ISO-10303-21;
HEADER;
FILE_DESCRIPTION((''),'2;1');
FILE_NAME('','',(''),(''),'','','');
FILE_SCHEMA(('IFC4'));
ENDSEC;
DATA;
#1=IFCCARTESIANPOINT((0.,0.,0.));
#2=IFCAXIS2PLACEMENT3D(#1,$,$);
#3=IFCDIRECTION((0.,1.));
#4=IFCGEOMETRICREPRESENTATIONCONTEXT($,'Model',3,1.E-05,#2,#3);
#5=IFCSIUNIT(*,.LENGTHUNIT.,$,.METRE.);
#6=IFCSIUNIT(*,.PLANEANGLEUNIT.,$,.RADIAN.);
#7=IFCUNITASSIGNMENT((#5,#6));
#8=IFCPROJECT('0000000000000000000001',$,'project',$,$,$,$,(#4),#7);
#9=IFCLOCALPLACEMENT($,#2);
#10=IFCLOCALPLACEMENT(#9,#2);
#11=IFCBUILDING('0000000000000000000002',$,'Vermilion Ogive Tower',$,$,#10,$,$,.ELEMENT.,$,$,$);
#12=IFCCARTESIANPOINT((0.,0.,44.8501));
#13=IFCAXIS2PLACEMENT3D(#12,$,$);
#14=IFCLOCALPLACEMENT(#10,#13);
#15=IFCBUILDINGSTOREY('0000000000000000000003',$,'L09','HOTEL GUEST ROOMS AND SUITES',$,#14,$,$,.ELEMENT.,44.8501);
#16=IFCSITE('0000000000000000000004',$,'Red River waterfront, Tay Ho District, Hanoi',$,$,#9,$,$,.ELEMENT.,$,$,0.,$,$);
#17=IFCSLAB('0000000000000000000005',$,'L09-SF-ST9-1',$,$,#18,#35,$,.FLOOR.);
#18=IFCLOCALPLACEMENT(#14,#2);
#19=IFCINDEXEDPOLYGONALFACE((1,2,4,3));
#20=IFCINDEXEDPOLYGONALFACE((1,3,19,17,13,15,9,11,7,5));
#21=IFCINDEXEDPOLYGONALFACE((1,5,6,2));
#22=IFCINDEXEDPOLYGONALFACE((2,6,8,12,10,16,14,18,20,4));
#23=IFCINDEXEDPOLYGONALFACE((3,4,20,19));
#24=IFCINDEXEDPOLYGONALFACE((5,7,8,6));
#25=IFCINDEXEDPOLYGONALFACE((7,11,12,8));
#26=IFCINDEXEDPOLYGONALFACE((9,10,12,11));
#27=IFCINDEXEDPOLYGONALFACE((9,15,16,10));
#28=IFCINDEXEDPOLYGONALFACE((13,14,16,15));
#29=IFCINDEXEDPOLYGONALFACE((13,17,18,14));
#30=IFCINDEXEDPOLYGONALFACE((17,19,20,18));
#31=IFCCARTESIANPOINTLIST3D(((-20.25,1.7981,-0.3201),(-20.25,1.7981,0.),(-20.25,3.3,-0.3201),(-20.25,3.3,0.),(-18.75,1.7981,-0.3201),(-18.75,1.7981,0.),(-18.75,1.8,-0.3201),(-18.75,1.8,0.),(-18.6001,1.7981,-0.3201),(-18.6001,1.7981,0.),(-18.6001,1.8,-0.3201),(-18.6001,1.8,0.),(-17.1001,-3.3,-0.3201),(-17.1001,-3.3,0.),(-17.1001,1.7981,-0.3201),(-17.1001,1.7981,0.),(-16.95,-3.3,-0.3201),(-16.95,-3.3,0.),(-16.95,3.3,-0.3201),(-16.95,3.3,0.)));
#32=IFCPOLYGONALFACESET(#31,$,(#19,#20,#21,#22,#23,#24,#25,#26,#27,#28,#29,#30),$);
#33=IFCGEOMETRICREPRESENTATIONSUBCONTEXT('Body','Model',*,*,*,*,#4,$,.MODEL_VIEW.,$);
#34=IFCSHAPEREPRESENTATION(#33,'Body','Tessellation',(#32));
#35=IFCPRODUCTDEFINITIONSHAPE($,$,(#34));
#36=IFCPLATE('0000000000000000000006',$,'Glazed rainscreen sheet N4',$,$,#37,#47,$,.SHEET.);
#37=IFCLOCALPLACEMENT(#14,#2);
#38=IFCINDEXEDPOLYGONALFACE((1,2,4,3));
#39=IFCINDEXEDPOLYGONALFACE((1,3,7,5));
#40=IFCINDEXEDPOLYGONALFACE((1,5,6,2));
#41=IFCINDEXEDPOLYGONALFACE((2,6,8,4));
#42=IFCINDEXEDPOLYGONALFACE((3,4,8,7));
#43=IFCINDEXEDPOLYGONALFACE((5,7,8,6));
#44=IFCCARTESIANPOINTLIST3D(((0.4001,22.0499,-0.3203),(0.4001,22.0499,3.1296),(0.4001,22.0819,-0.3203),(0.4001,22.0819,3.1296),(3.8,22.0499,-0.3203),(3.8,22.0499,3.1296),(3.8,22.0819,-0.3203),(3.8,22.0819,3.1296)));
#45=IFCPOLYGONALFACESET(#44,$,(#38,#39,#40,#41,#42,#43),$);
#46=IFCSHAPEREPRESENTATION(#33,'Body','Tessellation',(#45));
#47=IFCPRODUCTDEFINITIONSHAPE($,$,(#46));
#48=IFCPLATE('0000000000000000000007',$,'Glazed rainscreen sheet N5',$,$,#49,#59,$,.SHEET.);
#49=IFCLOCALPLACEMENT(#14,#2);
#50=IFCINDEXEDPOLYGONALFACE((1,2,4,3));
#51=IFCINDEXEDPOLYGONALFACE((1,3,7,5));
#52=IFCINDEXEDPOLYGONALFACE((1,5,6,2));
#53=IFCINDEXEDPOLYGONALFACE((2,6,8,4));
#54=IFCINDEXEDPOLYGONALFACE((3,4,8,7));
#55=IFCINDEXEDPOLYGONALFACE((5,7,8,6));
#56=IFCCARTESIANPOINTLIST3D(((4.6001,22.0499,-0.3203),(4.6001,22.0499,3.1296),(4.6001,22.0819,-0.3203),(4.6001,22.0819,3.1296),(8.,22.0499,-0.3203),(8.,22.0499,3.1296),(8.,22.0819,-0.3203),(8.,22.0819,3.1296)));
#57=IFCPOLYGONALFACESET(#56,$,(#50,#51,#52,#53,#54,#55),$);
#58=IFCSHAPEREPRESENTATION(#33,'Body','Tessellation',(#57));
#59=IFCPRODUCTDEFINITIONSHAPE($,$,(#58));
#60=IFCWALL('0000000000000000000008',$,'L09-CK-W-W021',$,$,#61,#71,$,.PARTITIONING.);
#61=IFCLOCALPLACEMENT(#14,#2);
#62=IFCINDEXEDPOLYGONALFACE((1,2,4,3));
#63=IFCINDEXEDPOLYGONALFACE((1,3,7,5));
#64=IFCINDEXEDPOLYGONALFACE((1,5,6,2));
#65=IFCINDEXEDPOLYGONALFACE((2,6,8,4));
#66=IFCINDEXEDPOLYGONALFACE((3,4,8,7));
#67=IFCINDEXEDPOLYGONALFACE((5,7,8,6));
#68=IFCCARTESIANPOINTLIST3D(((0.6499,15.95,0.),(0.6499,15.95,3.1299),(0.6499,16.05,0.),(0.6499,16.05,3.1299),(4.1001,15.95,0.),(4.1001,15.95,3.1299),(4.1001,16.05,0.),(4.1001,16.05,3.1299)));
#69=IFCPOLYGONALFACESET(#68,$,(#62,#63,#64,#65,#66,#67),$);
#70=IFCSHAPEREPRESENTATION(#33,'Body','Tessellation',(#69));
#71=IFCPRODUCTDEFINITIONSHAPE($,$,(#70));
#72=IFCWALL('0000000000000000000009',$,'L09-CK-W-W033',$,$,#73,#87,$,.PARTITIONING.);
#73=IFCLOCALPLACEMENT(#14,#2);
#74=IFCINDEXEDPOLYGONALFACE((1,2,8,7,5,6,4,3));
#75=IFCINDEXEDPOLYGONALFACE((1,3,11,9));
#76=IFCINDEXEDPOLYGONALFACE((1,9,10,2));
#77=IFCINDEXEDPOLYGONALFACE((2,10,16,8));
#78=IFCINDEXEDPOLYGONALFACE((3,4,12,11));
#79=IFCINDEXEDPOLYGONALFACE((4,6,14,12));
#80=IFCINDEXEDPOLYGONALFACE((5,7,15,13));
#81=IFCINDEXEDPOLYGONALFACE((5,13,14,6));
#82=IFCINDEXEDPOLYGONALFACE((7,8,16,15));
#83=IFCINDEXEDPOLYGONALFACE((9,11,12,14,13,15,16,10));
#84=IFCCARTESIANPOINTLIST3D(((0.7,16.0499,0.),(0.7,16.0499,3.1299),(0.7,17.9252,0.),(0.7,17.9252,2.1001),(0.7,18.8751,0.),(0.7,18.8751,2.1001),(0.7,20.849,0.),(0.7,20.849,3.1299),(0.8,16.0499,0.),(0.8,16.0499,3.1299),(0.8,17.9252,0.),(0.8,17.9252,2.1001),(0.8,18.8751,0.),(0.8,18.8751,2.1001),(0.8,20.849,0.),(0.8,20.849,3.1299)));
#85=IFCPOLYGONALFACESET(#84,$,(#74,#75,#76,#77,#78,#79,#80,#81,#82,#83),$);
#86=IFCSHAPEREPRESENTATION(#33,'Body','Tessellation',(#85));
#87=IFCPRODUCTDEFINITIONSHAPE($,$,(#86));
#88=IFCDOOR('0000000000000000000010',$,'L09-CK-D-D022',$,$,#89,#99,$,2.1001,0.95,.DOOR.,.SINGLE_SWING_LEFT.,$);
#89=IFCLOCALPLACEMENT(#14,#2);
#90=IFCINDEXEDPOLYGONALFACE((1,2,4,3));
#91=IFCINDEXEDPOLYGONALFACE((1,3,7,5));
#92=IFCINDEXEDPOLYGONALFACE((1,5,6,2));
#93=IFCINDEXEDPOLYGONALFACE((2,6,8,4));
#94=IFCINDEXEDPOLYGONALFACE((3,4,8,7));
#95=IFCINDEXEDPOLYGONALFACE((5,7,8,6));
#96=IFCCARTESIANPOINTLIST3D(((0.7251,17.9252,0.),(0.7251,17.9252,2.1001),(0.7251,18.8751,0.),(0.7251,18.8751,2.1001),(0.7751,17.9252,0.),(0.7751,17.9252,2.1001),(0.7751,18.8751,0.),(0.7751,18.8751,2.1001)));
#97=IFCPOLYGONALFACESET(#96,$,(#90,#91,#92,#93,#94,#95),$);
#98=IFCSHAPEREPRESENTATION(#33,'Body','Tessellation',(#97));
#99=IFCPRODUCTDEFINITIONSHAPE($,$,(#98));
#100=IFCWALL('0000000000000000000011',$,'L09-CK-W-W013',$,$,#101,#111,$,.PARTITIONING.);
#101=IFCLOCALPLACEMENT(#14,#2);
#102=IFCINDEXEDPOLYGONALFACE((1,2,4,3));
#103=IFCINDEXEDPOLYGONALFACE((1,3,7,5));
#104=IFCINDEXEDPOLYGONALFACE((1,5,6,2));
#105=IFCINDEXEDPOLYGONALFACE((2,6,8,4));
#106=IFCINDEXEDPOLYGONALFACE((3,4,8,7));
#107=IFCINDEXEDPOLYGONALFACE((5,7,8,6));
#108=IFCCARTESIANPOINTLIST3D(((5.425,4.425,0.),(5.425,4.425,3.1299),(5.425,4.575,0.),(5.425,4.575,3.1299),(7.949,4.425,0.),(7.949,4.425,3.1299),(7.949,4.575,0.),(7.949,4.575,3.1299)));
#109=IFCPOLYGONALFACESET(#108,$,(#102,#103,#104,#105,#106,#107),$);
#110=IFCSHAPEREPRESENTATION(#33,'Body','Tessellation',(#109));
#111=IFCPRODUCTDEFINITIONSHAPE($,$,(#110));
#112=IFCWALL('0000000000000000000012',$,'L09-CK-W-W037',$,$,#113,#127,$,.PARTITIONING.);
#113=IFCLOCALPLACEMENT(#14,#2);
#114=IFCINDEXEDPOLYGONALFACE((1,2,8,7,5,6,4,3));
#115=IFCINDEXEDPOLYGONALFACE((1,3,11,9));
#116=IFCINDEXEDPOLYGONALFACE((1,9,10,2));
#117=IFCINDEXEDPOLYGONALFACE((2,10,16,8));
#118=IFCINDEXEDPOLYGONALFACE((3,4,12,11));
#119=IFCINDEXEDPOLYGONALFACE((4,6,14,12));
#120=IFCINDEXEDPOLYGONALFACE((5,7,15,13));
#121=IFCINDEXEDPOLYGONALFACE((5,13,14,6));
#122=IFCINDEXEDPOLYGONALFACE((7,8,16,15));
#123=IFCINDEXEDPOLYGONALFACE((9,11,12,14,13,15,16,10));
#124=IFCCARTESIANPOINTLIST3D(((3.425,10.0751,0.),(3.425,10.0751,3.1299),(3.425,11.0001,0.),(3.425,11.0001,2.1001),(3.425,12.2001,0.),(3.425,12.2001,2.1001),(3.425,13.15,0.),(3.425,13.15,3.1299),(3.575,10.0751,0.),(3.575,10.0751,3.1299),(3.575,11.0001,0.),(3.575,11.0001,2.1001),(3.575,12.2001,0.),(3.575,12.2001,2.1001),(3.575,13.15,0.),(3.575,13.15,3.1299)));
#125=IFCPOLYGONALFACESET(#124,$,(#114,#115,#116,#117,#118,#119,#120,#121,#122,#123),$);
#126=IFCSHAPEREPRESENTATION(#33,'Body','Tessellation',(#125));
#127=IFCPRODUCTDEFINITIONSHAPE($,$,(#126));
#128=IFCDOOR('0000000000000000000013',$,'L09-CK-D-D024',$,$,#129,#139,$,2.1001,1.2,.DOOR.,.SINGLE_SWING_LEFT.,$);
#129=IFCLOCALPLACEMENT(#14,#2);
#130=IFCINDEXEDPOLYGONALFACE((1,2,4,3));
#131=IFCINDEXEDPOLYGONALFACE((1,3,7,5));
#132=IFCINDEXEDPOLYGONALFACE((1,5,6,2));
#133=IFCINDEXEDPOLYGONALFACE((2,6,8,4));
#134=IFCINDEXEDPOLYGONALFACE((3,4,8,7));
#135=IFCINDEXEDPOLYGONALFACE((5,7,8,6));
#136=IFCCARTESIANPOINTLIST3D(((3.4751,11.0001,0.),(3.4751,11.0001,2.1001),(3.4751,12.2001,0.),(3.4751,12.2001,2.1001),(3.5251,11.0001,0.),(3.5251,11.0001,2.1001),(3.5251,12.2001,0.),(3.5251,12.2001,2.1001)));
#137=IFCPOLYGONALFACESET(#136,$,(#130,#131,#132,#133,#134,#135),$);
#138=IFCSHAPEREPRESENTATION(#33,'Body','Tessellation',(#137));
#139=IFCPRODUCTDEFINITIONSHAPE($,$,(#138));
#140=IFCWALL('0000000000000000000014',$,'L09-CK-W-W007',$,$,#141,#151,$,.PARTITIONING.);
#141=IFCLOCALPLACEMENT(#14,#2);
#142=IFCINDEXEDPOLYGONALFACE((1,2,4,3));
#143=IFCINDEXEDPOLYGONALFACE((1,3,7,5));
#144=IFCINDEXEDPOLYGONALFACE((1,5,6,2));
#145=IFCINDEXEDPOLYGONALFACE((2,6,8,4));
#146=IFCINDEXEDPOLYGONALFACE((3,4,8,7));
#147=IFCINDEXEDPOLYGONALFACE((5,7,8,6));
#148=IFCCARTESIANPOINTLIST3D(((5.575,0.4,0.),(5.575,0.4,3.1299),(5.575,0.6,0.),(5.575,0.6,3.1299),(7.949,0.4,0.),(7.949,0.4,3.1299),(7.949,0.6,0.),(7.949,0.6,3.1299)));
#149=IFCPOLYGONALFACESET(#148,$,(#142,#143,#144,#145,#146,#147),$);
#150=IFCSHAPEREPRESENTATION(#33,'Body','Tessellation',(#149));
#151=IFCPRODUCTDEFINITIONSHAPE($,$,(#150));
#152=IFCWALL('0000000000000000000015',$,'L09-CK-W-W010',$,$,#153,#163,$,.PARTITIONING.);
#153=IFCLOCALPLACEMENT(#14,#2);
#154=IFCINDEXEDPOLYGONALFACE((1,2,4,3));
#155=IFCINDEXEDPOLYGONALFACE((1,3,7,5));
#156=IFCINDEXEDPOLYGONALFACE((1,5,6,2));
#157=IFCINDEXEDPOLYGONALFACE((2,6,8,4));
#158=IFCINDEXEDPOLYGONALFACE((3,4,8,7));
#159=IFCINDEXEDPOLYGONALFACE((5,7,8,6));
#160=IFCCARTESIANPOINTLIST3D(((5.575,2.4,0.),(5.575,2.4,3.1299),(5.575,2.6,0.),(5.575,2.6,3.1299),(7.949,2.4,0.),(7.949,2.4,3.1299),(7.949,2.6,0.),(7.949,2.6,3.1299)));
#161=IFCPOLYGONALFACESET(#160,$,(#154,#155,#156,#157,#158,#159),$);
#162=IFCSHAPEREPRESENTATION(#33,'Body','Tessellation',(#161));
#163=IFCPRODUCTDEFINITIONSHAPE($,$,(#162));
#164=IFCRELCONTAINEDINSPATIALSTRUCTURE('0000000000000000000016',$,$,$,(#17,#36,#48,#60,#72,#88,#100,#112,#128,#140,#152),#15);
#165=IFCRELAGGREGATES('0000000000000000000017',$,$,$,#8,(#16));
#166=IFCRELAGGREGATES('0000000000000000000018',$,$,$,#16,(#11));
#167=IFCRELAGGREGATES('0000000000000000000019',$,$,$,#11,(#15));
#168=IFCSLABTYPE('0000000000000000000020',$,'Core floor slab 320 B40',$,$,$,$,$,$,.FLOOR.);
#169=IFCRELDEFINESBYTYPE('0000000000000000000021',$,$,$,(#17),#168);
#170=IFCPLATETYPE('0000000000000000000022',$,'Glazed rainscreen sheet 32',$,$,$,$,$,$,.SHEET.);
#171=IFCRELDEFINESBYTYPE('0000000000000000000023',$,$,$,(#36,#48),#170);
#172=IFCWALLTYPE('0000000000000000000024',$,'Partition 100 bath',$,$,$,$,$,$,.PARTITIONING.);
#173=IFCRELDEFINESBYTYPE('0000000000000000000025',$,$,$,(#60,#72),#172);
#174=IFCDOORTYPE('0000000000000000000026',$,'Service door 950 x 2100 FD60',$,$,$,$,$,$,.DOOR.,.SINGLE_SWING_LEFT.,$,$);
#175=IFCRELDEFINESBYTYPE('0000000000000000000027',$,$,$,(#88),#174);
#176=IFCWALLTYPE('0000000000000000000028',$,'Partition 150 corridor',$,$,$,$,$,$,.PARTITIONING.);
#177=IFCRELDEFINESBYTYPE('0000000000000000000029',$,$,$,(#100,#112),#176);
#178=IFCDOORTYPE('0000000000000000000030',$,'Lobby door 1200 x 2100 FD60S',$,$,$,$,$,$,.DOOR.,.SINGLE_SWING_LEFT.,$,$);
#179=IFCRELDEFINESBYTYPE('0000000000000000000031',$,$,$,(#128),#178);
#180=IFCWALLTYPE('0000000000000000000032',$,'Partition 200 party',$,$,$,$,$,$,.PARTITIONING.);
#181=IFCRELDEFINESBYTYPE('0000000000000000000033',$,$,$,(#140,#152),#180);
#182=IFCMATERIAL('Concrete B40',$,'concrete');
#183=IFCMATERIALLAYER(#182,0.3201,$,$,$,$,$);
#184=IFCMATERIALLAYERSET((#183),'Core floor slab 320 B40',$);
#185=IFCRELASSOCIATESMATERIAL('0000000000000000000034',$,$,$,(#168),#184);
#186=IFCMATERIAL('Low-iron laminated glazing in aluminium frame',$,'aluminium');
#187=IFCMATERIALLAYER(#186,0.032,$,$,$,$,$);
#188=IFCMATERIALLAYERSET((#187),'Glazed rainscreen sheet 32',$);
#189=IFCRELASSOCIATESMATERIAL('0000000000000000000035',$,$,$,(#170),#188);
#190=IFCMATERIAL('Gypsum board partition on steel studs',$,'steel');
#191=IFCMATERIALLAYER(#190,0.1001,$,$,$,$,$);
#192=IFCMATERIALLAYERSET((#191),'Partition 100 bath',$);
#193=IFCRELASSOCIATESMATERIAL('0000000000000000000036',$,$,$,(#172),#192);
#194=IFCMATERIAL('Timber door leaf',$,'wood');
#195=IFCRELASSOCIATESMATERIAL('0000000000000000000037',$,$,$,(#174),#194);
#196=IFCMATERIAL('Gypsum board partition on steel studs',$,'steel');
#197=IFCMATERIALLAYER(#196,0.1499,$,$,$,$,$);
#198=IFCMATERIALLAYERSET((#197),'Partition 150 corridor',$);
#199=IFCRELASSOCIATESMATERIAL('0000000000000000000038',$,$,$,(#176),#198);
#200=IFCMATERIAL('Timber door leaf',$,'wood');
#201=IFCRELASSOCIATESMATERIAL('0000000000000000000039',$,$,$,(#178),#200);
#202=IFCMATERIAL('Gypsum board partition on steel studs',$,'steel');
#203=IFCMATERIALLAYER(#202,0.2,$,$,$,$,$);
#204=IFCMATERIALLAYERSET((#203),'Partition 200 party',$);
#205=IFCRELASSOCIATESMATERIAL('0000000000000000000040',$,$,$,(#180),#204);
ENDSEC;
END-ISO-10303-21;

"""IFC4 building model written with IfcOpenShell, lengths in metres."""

from ifc_helpers import new_model, si_unit, direction, frame, frame_2d, origin, origin_2d, place, context, subcontext, project, spatial, polyline, rectangle, outline, extrude, material, layer, layer_set, type_object, element, fill, save


model = new_model("IFC4")

# Units and contexts
model_context = context("Model", 3, precision=1e-05, world=origin(), true_north=direction((0.0, 1.0)))
body_context = subcontext(model_context, "Body", "Model", "MODEL_VIEW")
ifc_project = project(units=[si_unit("LENGTHUNIT", "METRE"), si_unit("PLANEANGLEUNIT", "RADIAN")], contexts=[model_context])

# Site, building, storey
site_placement = place(None, origin())
site = spatial("IfcSite", under=ifc_project, at=site_placement, Name="Red River waterfront, Tay Ho District, Hanoi", CompositionType="ELEMENT", RefElevation=0.0)
building_placement = place(site_placement, origin())
building = spatial("IfcBuilding", under=site, at=building_placement, Name="Vermilion Ogive Tower", CompositionType="ELEMENT")
storey_placement = place(building_placement, frame((0.0, 0.0, 44.8501)))
storey = spatial("IfcBuildingStorey", under=building, at=storey_placement, Name="L09", Description="HOTEL GUEST ROOMS AND SUITES", CompositionType="ELEMENT", Elevation=44.8501)

# Slab
ifc_material_1 = material(Name="Concrete B40", Category="concrete")
ifc_layer_1 = layer(ifc_material_1, 0.3201)
ifc_layer_set_1 = layer_set([ifc_layer_1], Name="Core floor slab 320 B40")
slab_type = type_object("IfcSlabType", Name="Core floor slab 320 B40", PredefinedType="FLOOR", material=ifc_layer_set_1)
slab_placement = place(storey_placement, frame((0.0, 0.0, -0.3201)))
element("IfcSlab", 1, at=slab_placement, inside=storey, type_object=slab_type, Name="L09-SF-ST9-1", PredefinedType="FLOOR", context=body_context, shape_type="SweptSolid", body=[
    extrude(outline(polyline([(-20.25, 3.3), (-20.25, 1.7981), (-18.75, 1.7981), (-18.75, 1.8), (-18.6001, 1.8), (-18.6001, 1.7981), (-17.1001, 1.7981), (-17.1001, -3.3), (-16.95, -3.3), (-16.95, 3.3), (-20.25, 3.3)])), origin(), (0.0, 0.0, 1.0), 0.3201),
])

# Plates
ifc_material_2 = material(Name="Low-iron laminated glazing in aluminium frame", Category="aluminium")
ifc_layer_2 = layer(ifc_material_2, 0.032)
ifc_layer_set_2 = layer_set([ifc_layer_2], Name="Glazed rainscreen sheet 32")
plate_type = type_object("IfcPlateType", Name="Glazed rainscreen sheet 32", PredefinedType="SHEET", material=ifc_layer_set_2)
for number, where, z_axis, x_axis, name in (
    (2, (2.1001, 22.0659, -0.3203), (0.0, 0.0, 1.0), (1.0, 0.0, 0.0), "Glazed rainscreen sheet N4"),
    (3, (6.3, 22.0659, -0.3203), (0.0, 0.0, 1.0), (1.0, 0.0, 0.0), "Glazed rainscreen sheet N5"),
):
    element("IfcPlate", number, at=place(storey_placement, frame(where, z_axis=z_axis, x_axis=x_axis)), inside=storey, type_object=plate_type, Name=name, PredefinedType="SHEET", context=body_context, shape_type="SweptSolid", body=[
        extrude(rectangle(XDim=3.3999, YDim=0.032, at=origin_2d()), origin(), (0.0, 0.0, 1.0), 3.45),
    ])

# Wall
ifc_material_3 = material(Name="Gypsum board partition on steel studs", Category="steel")
ifc_layer_3 = layer(ifc_material_3, 0.1001)
ifc_layer_set_3 = layer_set([ifc_layer_3], Name="Partition 100 bath")
wall_type_1 = type_object("IfcWallType", Name="Partition 100 bath", PredefinedType="PARTITIONING", material=ifc_layer_set_3)
wall_1_placement = place(storey_placement, frame((0.6499, 16.0, 0.0), z_axis=(0.0, 0.0, 1.0), x_axis=(1.0, 0.0, 0.0)))
element("IfcWall", 4, at=wall_1_placement, inside=storey, type_object=wall_type_1, Name="L09-CK-W-W021", PredefinedType="PARTITIONING", context=body_context, shape_type="SweptSolid", body=[
    extrude(rectangle(XDim=3.4502, YDim=0.1001, at=frame_2d((1.7251, 0.0))), origin(), (0.0, 0.0, 1.0), 3.1299),
])

# Wall, opening, door
wall_2_placement = place(storey_placement, frame((0.75, 16.05, 0.0), z_axis=(0.0, 0.0, 1.0), x_axis=(0.0, 1.0, 0.0)))
wall_2 = element("IfcWall", 5, at=wall_2_placement, inside=storey, type_object=wall_type_1, Name="L09-CK-W-W033", PredefinedType="PARTITIONING", context=body_context, shape_type="SweptSolid", body=[
    extrude(rectangle(XDim=4.7991, YDim=0.1001, at=frame_2d((2.3994, 0.0))), origin(), (0.0, 0.0, 1.0), 3.1299),
])
opening_1_placement = place(wall_2_placement, frame((1.875, 0.0, 0.0)))
opening_1 = element("IfcOpeningElement", 6, at=opening_1_placement, cuts=wall_2, PredefinedType="OPENING", context=body_context, shape_type="SweptSolid", body=[
    extrude(rectangle(XDim=0.95, YDim=2.1001, at=frame_2d((0.4751, 1.05))), frame((0.0, 0.0601, 0.0), z_axis=(0.0, -1.0, 0.0), x_axis=(1.0, 0.0, 0.0)), (0.0, 0.0, 1.0), 0.1201),
])
ifc_material_4 = material(Name="Timber door leaf", Category="wood")
door_type_1 = type_object("IfcDoorType", Name="Service door 950 x 2100 FD60", OperationType="SINGLE_SWING_LEFT", PredefinedType="DOOR", material=ifc_material_4)
door_1_placement = place(opening_1_placement, origin())
door_1 = element("IfcDoor", 7, at=door_1_placement, inside=storey, type_object=door_type_1, Name="L09-CK-D-D022", OperationType="SINGLE_SWING_LEFT", OverallHeight=2.1001, OverallWidth=0.95, PredefinedType="DOOR", context=body_context, shape_type="SweptSolid", body=[
    extrude(rectangle(XDim=0.95, YDim=2.1001, at=frame_2d((0.4751, 1.05))), frame((0.0, 0.0249, 0.0), z_axis=(0.0, -1.0, 0.0), x_axis=(1.0, 0.0, 0.0)), (0.0, 0.0, 1.0), 0.05),
])
fill(opening_1, door_1)

# Wall
ifc_material_5 = material(Name="Gypsum board partition on steel studs", Category="steel")
ifc_layer_4 = layer(ifc_material_5, 0.1499)
ifc_layer_set_4 = layer_set([ifc_layer_4], Name="Partition 150 corridor")
wall_type_2 = type_object("IfcWallType", Name="Partition 150 corridor", PredefinedType="PARTITIONING", material=ifc_layer_set_4)
wall_3_placement = place(storey_placement, frame((5.425, 4.5, 0.0), z_axis=(0.0, 0.0, 1.0), x_axis=(1.0, 0.0, 0.0)))
element("IfcWall", 8, at=wall_3_placement, inside=storey, type_object=wall_type_2, Name="L09-CK-W-W013", PredefinedType="PARTITIONING", context=body_context, shape_type="SweptSolid", body=[
    extrude(rectangle(XDim=2.5239, YDim=0.1499, at=frame_2d((1.262, 0.0))), origin(), (0.0, 0.0, 1.0), 3.1299),
])

# Wall, opening, door
wall_4_placement = place(storey_placement, frame((3.5, 10.075, 0.0), z_axis=(0.0, 0.0, 1.0), x_axis=(0.0, 1.0, 0.0)))
wall_4 = element("IfcWall", 9, at=wall_4_placement, inside=storey, type_object=wall_type_2, Name="L09-CK-W-W037", PredefinedType="PARTITIONING", context=body_context, shape_type="SweptSolid", body=[
    extrude(rectangle(XDim=3.075, YDim=0.1499, at=frame_2d((1.5376, 0.0))), origin(), (0.0, 0.0, 1.0), 3.1299),
])
opening_2_placement = place(wall_4_placement, frame((0.925, 0.0, 0.0)))
opening_2 = element("IfcOpeningElement", 10, at=opening_2_placement, cuts=wall_4, PredefinedType="OPENING", context=body_context, shape_type="SweptSolid", body=[
    extrude(rectangle(XDim=1.2, YDim=2.1001, at=frame_2d((0.6001, 1.05))), frame((0.0, 0.085, 0.0), z_axis=(0.0, -1.0, 0.0), x_axis=(1.0, 0.0, 0.0)), (0.0, 0.0, 1.0), 0.1699),
])
ifc_material_6 = material(Name="Timber door leaf", Category="wood")
door_type_2 = type_object("IfcDoorType", Name="Lobby door 1200 x 2100 FD60S", OperationType="SINGLE_SWING_LEFT", PredefinedType="DOOR", material=ifc_material_6)
door_2_placement = place(opening_2_placement, origin())
door_2 = element("IfcDoor", 11, at=door_2_placement, inside=storey, type_object=door_type_2, Name="L09-CK-D-D024", OperationType="SINGLE_SWING_LEFT", OverallHeight=2.1001, OverallWidth=1.2, PredefinedType="DOOR", context=body_context, shape_type="SweptSolid", body=[
    extrude(rectangle(XDim=1.2, YDim=2.1001, at=frame_2d((0.6001, 1.05))), frame((0.0, 0.0249, 0.0), z_axis=(0.0, -1.0, 0.0), x_axis=(1.0, 0.0, 0.0)), (0.0, 0.0, 1.0), 0.05),
])
fill(opening_2, door_2)

# Walls
ifc_material_7 = material(Name="Gypsum board partition on steel studs", Category="steel")
ifc_layer_5 = layer(ifc_material_7, 0.2)
ifc_layer_set_5 = layer_set([ifc_layer_5], Name="Partition 200 party")
wall_type_3 = type_object("IfcWallType", Name="Partition 200 party", PredefinedType="PARTITIONING", material=ifc_layer_set_5)
for number, where, z_axis, x_axis, name in (
    (12, (5.575, 0.5, 0.0), (0.0, 0.0, 1.0), (1.0, 0.0, 0.0), "L09-CK-W-W007"),
    (13, (5.575, 2.5, 0.0), (0.0, 0.0, 1.0), (1.0, 0.0, 0.0), "L09-CK-W-W010"),
):
    element("IfcWall", number, at=place(storey_placement, frame(where, z_axis=z_axis, x_axis=x_axis)), inside=storey, type_object=wall_type_3, Name=name, PredefinedType="PARTITIONING", context=body_context, shape_type="SweptSolid", body=[
        extrude(rectangle(XDim=2.374, YDim=0.2, at=frame_2d((1.187, 0.0))), origin(), (0.0, 0.0, 1.0), 3.1299),
    ])

save(model, "model.ifc")
